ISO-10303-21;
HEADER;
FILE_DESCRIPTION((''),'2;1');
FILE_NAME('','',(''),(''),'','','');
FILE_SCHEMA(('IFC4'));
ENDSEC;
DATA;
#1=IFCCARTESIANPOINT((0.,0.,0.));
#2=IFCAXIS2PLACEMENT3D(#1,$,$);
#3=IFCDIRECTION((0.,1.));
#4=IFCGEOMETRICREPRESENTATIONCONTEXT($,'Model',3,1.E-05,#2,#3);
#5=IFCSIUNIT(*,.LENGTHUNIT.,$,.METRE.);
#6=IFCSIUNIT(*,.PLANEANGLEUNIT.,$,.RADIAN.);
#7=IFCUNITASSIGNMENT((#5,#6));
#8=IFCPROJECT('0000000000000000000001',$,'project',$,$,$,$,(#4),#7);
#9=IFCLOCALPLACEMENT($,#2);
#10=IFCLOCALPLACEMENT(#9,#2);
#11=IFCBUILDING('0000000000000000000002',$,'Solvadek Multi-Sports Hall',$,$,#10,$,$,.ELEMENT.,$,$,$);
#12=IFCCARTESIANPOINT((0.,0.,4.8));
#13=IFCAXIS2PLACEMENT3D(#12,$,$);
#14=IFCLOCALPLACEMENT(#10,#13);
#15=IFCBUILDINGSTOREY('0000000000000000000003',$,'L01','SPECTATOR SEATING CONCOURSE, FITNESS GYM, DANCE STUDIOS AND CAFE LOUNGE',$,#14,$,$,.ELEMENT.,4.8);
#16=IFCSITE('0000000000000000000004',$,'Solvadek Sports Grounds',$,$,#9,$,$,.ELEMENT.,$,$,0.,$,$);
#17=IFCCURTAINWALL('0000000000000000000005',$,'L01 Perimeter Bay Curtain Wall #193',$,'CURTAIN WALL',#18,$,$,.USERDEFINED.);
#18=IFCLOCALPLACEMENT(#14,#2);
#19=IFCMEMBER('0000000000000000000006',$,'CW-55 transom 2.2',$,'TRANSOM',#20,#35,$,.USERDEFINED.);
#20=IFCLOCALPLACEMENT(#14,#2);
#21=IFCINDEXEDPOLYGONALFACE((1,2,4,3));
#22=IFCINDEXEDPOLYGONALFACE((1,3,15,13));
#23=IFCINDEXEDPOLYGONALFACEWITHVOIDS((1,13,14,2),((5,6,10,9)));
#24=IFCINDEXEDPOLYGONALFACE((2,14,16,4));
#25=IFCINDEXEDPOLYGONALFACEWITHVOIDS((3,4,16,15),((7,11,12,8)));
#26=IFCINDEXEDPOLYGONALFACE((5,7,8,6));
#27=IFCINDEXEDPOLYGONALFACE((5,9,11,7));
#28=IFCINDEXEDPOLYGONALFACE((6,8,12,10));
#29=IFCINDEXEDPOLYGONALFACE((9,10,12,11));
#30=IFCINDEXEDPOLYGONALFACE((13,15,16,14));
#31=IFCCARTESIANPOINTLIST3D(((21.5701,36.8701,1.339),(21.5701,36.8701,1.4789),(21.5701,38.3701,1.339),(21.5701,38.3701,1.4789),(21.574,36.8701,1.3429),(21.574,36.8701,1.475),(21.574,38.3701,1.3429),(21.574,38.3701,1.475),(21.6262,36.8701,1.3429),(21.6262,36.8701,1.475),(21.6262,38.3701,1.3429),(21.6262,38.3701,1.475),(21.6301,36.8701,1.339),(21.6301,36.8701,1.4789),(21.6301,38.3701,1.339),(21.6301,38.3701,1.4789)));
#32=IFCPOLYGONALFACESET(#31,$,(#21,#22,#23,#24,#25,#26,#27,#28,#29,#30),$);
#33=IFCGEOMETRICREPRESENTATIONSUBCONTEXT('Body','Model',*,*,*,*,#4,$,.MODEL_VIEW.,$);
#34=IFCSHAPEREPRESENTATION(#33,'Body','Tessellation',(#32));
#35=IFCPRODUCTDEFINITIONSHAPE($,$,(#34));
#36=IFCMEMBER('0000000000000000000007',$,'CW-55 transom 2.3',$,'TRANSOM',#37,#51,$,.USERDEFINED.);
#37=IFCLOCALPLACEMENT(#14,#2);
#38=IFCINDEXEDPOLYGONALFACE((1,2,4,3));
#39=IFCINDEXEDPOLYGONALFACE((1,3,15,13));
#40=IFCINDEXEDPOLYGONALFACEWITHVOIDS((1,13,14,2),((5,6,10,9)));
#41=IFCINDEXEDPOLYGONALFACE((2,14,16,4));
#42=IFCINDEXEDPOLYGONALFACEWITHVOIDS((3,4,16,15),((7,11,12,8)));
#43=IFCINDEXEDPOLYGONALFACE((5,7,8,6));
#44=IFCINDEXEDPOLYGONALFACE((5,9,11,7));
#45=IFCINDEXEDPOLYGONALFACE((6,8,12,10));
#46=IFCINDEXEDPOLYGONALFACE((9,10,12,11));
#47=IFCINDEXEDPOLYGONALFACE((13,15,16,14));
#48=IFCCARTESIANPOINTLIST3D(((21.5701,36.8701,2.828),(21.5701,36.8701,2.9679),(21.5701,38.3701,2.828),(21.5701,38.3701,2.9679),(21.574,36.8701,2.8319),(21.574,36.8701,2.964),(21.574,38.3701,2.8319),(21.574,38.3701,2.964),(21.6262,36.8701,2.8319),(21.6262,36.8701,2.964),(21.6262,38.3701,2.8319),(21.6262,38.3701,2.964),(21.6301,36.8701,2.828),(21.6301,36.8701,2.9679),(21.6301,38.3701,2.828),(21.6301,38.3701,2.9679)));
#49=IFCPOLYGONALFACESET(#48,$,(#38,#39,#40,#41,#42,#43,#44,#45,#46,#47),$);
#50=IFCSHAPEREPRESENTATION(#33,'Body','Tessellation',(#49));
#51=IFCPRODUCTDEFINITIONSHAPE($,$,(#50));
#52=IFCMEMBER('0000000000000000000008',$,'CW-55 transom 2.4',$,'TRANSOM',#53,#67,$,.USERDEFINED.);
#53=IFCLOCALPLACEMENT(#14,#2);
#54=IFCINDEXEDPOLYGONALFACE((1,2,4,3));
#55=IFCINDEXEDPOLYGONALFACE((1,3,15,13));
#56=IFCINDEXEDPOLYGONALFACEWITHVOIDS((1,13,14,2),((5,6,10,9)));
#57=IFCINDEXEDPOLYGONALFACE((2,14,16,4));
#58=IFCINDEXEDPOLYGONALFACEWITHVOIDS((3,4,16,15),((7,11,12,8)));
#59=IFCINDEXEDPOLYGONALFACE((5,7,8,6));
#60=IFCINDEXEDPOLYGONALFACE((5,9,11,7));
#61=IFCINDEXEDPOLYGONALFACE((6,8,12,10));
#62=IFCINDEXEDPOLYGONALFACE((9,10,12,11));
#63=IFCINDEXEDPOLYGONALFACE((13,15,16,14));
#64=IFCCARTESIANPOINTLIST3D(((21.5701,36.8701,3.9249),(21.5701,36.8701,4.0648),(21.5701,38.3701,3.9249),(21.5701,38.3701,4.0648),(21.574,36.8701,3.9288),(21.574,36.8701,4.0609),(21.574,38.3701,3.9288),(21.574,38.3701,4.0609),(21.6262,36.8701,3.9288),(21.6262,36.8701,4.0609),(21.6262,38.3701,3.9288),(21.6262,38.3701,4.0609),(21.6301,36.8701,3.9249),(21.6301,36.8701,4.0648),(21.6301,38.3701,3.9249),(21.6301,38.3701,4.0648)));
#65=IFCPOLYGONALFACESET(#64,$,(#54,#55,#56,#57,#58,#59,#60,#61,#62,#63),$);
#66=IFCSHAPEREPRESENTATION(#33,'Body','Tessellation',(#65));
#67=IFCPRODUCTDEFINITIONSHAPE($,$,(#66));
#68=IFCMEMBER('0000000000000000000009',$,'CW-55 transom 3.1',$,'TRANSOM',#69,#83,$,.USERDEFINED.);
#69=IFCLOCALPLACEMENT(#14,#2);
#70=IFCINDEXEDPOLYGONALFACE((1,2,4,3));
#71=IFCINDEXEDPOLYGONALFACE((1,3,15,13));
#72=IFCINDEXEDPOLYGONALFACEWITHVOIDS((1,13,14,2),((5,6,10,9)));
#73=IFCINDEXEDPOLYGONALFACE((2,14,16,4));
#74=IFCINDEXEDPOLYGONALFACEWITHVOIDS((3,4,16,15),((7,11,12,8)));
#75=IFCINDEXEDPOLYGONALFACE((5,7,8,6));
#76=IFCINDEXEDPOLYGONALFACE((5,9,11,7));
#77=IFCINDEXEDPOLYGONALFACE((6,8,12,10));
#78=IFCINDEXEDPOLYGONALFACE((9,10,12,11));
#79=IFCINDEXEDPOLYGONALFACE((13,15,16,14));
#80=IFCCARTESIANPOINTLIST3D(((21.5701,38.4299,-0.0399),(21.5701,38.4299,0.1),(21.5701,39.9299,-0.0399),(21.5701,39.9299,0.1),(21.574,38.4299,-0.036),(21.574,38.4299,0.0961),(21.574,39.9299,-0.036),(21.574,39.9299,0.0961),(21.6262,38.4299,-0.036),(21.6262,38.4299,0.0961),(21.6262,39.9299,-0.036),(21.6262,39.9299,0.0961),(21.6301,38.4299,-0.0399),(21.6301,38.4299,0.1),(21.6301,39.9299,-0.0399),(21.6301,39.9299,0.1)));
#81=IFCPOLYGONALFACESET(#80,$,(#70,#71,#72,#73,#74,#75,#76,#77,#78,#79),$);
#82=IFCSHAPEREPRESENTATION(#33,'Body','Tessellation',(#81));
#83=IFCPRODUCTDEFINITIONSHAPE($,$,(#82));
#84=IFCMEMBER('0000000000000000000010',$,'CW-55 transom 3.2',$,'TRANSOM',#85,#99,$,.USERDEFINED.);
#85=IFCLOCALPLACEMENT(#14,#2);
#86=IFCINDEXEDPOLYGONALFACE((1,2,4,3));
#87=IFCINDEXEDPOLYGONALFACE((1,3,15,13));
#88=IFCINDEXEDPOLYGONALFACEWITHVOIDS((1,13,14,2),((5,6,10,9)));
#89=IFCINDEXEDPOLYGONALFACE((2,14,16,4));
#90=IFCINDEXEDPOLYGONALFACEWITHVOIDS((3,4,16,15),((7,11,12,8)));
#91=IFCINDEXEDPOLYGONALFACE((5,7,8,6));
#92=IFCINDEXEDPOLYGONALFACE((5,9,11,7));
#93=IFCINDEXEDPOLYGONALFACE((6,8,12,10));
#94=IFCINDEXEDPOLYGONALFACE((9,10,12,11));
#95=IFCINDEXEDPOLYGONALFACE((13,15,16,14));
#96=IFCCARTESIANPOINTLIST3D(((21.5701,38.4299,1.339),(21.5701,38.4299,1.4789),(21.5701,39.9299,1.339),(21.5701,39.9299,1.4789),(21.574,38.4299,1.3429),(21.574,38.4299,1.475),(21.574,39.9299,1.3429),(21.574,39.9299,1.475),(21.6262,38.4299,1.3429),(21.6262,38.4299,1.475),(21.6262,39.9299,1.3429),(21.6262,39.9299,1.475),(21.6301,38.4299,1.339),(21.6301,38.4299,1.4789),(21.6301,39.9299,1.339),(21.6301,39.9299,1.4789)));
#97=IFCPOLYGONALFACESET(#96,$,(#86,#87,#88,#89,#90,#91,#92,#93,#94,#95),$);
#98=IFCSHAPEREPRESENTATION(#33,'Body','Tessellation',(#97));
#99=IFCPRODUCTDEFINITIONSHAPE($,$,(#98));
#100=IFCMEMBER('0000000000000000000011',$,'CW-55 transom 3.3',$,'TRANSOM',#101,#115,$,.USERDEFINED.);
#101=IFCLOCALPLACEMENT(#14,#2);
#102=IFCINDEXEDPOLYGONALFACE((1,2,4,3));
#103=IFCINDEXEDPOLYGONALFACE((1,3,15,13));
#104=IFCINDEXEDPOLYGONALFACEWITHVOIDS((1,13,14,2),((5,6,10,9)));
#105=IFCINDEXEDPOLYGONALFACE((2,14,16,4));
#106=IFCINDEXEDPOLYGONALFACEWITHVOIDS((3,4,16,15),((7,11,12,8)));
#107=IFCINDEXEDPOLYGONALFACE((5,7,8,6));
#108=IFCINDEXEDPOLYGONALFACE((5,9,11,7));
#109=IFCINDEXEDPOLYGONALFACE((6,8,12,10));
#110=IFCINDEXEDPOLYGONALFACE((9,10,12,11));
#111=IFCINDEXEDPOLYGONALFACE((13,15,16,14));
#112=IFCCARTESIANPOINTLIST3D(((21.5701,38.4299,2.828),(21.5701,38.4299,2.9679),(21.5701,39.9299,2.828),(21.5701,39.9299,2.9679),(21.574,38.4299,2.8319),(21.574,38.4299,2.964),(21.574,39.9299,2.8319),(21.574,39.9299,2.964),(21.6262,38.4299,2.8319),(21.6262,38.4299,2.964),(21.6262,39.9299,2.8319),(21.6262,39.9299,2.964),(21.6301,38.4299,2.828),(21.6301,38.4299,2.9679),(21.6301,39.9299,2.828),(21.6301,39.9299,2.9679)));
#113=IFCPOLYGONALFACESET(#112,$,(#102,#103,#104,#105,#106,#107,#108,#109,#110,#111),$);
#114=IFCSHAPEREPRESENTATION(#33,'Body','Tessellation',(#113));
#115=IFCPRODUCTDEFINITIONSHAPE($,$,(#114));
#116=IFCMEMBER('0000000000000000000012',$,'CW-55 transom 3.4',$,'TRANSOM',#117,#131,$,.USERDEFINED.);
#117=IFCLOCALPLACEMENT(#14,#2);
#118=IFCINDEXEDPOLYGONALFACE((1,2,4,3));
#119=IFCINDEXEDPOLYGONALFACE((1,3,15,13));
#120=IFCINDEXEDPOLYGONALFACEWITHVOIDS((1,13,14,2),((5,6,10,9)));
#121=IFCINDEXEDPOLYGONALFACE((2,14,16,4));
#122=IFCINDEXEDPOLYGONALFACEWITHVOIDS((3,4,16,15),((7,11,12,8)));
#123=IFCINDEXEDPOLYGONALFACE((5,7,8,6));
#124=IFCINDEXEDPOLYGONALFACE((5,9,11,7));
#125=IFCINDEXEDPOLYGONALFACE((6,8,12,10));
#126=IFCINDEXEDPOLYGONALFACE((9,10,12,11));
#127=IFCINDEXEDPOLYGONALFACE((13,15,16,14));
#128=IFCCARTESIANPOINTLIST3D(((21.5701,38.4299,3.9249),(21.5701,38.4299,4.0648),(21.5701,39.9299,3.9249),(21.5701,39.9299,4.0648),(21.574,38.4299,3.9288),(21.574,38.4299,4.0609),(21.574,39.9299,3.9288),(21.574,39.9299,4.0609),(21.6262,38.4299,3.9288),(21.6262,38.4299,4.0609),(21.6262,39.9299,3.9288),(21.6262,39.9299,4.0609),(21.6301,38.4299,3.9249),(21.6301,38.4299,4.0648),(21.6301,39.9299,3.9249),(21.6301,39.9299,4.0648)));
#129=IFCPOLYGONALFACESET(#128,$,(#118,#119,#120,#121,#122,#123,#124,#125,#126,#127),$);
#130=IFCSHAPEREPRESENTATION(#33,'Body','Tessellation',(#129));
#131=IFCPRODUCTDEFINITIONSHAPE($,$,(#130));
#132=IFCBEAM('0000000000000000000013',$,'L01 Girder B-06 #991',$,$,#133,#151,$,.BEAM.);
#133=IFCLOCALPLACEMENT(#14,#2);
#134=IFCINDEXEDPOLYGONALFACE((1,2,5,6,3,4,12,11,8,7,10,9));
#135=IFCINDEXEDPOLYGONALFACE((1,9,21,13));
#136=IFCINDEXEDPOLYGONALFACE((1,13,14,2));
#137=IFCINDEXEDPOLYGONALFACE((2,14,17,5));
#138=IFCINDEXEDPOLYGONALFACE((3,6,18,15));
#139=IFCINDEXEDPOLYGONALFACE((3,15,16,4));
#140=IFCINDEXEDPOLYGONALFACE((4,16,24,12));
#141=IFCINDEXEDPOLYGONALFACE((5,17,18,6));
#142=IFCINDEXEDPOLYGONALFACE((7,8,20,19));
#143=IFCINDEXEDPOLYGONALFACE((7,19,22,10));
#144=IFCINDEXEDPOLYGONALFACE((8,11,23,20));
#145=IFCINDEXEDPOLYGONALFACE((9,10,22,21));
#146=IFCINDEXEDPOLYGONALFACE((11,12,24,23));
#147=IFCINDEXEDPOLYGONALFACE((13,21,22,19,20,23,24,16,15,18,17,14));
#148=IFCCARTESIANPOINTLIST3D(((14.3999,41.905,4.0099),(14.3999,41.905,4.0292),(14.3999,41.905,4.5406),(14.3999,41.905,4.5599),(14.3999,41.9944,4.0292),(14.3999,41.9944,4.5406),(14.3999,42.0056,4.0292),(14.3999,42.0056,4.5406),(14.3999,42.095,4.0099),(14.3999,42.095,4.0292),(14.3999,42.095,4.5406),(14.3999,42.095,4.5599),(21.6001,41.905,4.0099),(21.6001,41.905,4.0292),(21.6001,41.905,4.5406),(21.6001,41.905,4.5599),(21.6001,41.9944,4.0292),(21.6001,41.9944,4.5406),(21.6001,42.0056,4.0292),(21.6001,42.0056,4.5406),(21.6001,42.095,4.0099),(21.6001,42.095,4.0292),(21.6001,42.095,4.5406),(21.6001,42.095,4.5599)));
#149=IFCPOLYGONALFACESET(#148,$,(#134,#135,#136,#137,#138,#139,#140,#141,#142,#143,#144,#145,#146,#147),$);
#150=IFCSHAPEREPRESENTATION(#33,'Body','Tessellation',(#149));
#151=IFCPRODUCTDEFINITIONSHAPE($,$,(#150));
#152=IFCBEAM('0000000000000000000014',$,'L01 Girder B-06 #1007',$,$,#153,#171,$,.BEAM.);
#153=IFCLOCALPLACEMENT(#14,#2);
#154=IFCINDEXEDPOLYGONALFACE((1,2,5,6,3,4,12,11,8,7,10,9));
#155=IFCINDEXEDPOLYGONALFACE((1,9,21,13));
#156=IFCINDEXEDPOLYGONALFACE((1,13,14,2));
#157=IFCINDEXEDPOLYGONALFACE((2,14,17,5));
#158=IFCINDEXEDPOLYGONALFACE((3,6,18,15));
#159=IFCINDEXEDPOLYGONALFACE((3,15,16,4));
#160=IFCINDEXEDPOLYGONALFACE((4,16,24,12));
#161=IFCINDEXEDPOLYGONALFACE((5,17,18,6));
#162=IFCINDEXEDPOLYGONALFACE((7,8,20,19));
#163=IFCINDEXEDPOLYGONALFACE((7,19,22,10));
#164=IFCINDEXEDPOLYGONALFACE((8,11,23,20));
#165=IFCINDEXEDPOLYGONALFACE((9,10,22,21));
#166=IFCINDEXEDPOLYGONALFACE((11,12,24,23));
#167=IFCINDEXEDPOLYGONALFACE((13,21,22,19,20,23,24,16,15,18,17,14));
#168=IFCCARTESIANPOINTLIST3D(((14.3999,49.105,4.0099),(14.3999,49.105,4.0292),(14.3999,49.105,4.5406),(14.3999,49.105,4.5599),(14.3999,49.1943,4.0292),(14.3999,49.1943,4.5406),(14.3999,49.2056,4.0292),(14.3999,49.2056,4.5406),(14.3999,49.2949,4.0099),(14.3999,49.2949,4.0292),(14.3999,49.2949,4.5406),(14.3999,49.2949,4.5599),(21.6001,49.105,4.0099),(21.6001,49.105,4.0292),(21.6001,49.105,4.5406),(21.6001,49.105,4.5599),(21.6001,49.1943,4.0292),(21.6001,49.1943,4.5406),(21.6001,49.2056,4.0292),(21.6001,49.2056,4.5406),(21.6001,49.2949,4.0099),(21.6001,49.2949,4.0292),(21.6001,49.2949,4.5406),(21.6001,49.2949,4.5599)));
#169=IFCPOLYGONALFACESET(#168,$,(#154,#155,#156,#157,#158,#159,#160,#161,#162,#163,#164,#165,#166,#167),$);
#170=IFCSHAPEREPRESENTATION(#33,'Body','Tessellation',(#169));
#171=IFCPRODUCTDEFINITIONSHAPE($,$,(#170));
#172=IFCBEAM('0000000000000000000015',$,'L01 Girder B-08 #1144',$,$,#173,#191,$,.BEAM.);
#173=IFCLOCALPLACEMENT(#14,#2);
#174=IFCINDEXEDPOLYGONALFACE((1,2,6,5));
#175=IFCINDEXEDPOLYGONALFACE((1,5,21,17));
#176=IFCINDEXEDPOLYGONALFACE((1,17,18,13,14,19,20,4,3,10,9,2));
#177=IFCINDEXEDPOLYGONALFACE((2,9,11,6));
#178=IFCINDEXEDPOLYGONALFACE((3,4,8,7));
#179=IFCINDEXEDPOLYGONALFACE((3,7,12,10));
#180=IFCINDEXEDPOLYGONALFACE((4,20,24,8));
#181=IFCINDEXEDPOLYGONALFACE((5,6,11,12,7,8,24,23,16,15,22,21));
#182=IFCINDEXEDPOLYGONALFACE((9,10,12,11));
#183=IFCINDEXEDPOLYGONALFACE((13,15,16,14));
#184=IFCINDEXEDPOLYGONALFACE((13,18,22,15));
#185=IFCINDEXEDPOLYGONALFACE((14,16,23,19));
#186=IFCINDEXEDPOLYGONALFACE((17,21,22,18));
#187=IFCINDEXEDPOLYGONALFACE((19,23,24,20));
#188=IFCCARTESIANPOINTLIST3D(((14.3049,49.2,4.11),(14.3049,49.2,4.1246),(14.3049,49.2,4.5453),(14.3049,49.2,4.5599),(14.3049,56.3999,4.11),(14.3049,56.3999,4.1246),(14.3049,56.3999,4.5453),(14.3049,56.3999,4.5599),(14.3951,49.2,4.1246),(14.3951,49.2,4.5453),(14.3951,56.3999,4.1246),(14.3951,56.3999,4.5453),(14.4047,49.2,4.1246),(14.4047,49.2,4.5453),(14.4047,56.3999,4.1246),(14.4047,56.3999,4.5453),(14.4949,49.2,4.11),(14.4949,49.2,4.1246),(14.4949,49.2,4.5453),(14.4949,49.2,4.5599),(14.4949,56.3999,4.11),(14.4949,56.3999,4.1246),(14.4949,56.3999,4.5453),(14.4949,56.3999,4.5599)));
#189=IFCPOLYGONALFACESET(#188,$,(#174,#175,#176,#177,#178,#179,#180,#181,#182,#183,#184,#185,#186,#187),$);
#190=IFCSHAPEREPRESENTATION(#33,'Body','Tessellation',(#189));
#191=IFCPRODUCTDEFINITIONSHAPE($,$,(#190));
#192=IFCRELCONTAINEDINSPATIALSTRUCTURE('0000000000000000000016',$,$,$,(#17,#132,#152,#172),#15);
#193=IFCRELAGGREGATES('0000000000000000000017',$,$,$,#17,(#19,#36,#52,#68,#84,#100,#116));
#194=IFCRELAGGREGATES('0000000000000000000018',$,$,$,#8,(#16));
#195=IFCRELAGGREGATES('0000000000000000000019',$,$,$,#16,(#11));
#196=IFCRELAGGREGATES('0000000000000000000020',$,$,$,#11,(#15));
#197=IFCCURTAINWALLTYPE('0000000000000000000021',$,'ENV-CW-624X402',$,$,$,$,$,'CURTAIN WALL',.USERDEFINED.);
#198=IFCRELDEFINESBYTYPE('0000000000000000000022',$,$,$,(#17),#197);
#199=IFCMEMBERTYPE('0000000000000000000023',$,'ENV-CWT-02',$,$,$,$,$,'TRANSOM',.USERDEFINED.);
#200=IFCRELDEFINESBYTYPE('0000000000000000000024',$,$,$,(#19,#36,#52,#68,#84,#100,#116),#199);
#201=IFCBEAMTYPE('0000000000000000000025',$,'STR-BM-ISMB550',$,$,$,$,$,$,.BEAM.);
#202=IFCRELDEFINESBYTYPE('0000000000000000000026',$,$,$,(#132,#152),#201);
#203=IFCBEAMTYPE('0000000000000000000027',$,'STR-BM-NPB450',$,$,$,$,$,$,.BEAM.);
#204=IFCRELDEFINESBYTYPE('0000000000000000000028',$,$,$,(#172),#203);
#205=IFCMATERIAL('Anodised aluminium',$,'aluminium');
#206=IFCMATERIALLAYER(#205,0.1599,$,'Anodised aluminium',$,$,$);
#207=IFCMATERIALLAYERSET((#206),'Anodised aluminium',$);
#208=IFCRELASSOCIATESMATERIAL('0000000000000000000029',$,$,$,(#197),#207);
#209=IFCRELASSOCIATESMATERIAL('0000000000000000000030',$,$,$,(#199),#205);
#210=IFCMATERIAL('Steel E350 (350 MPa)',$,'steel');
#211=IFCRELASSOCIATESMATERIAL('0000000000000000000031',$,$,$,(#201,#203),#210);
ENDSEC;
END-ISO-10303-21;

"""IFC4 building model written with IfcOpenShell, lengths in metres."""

from ifc_helpers import new_model, si_unit, direction, frame, origin, origin_2d, place, context, subcontext, project, spatial, hollow_rectangle, i_section, extrude, material, layer, layer_set, material_profile, profile_set, type_object, element, aggregate, save


model = new_model("IFC4")

# Units and contexts
model_context = context("Model", 3, precision=1e-05, world=origin(), true_north=direction((0.0, 1.0)))
body_context = subcontext(model_context, "Body", "Model", "MODEL_VIEW")
ifc_project = project(units=[si_unit("LENGTHUNIT", "METRE"), si_unit("PLANEANGLEUNIT", "RADIAN")], contexts=[model_context])

# Site, building, storey
site_placement = place(None, origin())
site = spatial("IfcSite", under=ifc_project, at=site_placement, Name="Solvadek Sports Grounds", CompositionType="ELEMENT", RefElevation=0.0)
building_placement = place(site_placement, origin())
building = spatial("IfcBuilding", under=site, at=building_placement, Name="Solvadek Multi-Sports Hall", CompositionType="ELEMENT")
storey_placement = place(building_placement, frame((0.0, 0.0, 4.8)))
storey = spatial("IfcBuildingStorey", under=building, at=storey_placement, Name="L01", Description="SPECTATOR SEATING CONCOURSE, FITNESS GYM, DANCE STUDIOS AND CAFE LOUNGE", CompositionType="ELEMENT", Elevation=4.8)

# Shared definitions
ifc_material_1 = material(Name="Steel E350 (350 MPa)", Category="steel")

# Curtain wall, members
ifc_material_2 = material(Name="Anodised aluminium", Category="aluminium")
ifc_layer_1 = layer(ifc_material_2, 0.1599, Name="Anodised aluminium")
ifc_layer_set_1 = layer_set([ifc_layer_1], Name="Anodised aluminium")
curtain_wall_type = type_object("IfcCurtainWallType", Name="ENV-CW-624X402", ElementType="CURTAIN WALL", PredefinedType="USERDEFINED", material=ifc_layer_set_1)
curtain_wall_placement = place(storey_placement, origin())
curtain_wall = element("IfcCurtainWall", 1, at=curtain_wall_placement, inside=storey, type_object=curtain_wall_type, Name="L01 Perimeter Bay Curtain Wall #193", ObjectType="CURTAIN WALL", PredefinedType="USERDEFINED")
ifc_material_profile_1 = material_profile(ifc_material_2, hollow_rectangle(XDim=0.0601, YDim=0.1399, WallThickness=0.0039, at=origin_2d()), Name="ALU-T 140x60x4")
ifc_profile_set_1 = profile_set([ifc_material_profile_1], Name="Anodised aluminium")
member_type_1 = type_object("IfcMemberType", Name="ENV-CWT-02", ElementType="TRANSOM", PredefinedType="USERDEFINED", material=ifc_profile_set_1)
member_1_placement = place(storey_placement, frame((21.6001, 36.8701, 1.4089), z_axis=(0.0, 1.0, 0.0), x_axis=(-1.0, 0.0, 0.0)))
member_1 = element("IfcMember", 2, at=member_1_placement, type_object=member_type_1, Name="CW-55 transom 2.2", ObjectType="TRANSOM", PredefinedType="USERDEFINED", context=body_context, shape_type="SweptSolid", body=[
    extrude(hollow_rectangle(XDim=0.0601, YDim=0.1399, WallThickness=0.0039, at=origin_2d()), origin(), (0.0, 0.0, 1.0), 1.5),
])
member_2_placement = place(storey_placement, frame((21.6001, 36.8701, 2.8979), z_axis=(0.0, 1.0, 0.0), x_axis=(-1.0, 0.0, 0.0)))
member_2 = element("IfcMember", 3, at=member_2_placement, type_object=member_type_1, Name="CW-55 transom 2.3", ObjectType="TRANSOM", PredefinedType="USERDEFINED", context=body_context, shape_type="SweptSolid", body=[
    extrude(hollow_rectangle(XDim=0.0601, YDim=0.1399, WallThickness=0.0039, at=origin_2d()), origin(), (0.0, 0.0, 1.0), 1.5),
])
member_3_placement = place(storey_placement, frame((21.6001, 36.8701, 3.9949), z_axis=(0.0, 1.0, 0.0), x_axis=(-1.0, 0.0, 0.0)))
member_3 = element("IfcMember", 4, at=member_3_placement, type_object=member_type_1, Name="CW-55 transom 2.4", ObjectType="TRANSOM", PredefinedType="USERDEFINED", context=body_context, shape_type="SweptSolid", body=[
    extrude(hollow_rectangle(XDim=0.0601, YDim=0.1399, WallThickness=0.0039, at=origin_2d()), origin(), (0.0, 0.0, 1.0), 1.5),
])
member_4_placement = place(storey_placement, frame((21.6001, 38.4299, 0.03), z_axis=(0.0, 1.0, 0.0), x_axis=(-1.0, 0.0, 0.0)))
member_4 = element("IfcMember", 5, at=member_4_placement, type_object=member_type_1, Name="CW-55 transom 3.1", ObjectType="TRANSOM", PredefinedType="USERDEFINED", context=body_context, shape_type="SweptSolid", body=[
    extrude(hollow_rectangle(XDim=0.0601, YDim=0.1399, WallThickness=0.0039, at=origin_2d()), origin(), (0.0, 0.0, 1.0), 1.5),
])
member_5_placement = place(storey_placement, frame((21.6001, 38.4299, 1.4089), z_axis=(0.0, 1.0, 0.0), x_axis=(-1.0, 0.0, 0.0)))
member_5 = element("IfcMember", 6, at=member_5_placement, type_object=member_type_1, Name="CW-55 transom 3.2", ObjectType="TRANSOM", PredefinedType="USERDEFINED", context=body_context, shape_type="SweptSolid", body=[
    extrude(hollow_rectangle(XDim=0.0601, YDim=0.1399, WallThickness=0.0039, at=origin_2d()), origin(), (0.0, 0.0, 1.0), 1.5),
])
member_6_placement = place(storey_placement, frame((21.6001, 38.4299, 2.8979), z_axis=(0.0, 1.0, 0.0), x_axis=(-1.0, 0.0, 0.0)))
member_6 = element("IfcMember", 7, at=member_6_placement, type_object=member_type_1, Name="CW-55 transom 3.3", ObjectType="TRANSOM", PredefinedType="USERDEFINED", context=body_context, shape_type="SweptSolid", body=[
    extrude(hollow_rectangle(XDim=0.0601, YDim=0.1399, WallThickness=0.0039, at=origin_2d()), origin(), (0.0, 0.0, 1.0), 1.5),
])
member_7_placement = place(storey_placement, frame((21.6001, 38.4299, 3.9949), z_axis=(0.0, 1.0, 0.0), x_axis=(-1.0, 0.0, 0.0)))
member_7 = element("IfcMember", 8, at=member_7_placement, type_object=member_type_1, Name="CW-55 transom 3.4", ObjectType="TRANSOM", PredefinedType="USERDEFINED", context=body_context, shape_type="SweptSolid", body=[
    extrude(hollow_rectangle(XDim=0.0601, YDim=0.1399, WallThickness=0.0039, at=origin_2d()), origin(), (0.0, 0.0, 1.0), 1.5),
])

# Beams
ifc_material_profile_2 = material_profile(ifc_material_1, i_section(OverallWidth=0.1899, OverallDepth=0.55, WebThickness=0.0112, FlangeThickness=0.0193, at=origin_2d()), Name="ISMB 550")
ifc_profile_set_2 = profile_set([ifc_material_profile_2], Name="Steel E350 (350 MPa)")
beam_type_1 = type_object("IfcBeamType", Name="STR-BM-ISMB550", PredefinedType="BEAM", material=ifc_profile_set_2)
for number, where, z_axis, x_axis, name in (
    (9, (14.3999, 42.0, 4.2849), (1.0, 0.0, 0.0), (0.0, 1.0, 0.0), "L01 Girder B-06 #991"),
    (10, (14.3999, 49.2, 4.2849), (1.0, 0.0, 0.0), (0.0, 1.0, 0.0), "L01 Girder B-06 #1007"),
):
    element("IfcBeam", number, at=place(storey_placement, frame(where, z_axis=z_axis, x_axis=x_axis)), inside=storey, type_object=beam_type_1, Name=name, PredefinedType="BEAM", context=body_context, shape_type="SweptSolid", body=[
        extrude(i_section(OverallWidth=0.1899, OverallDepth=0.55, WebThickness=0.0112, FlangeThickness=0.0193, at=origin_2d()), origin(), (0.0, 0.0, 1.0), 7.2002),
    ])
ifc_material_profile_3 = material_profile(ifc_material_1, i_section(OverallWidth=0.1899, OverallDepth=0.45, WebThickness=0.0095, FlangeThickness=0.0146, at=origin_2d()), Name="NPB 450")
ifc_profile_set_3 = profile_set([ifc_material_profile_3], Name="Steel E350 (350 MPa)")
beam_type_2 = type_object("IfcBeamType", Name="STR-BM-NPB450", PredefinedType="BEAM", material=ifc_profile_set_3)
beam_placement = place(storey_placement, frame((14.3999, 49.2, 4.335), z_axis=(0.0, 1.0, 0.0), x_axis=(-1.0, 0.0, 0.0)))
element("IfcBeam", 11, at=beam_placement, inside=storey, type_object=beam_type_2, Name="L01 Girder B-08 #1144", PredefinedType="BEAM", context=body_context, shape_type="SweptSolid", body=[
    extrude(i_section(OverallWidth=0.1899, OverallDepth=0.45, WebThickness=0.0095, FlangeThickness=0.0146, at=origin_2d()), origin(), (0.0, 0.0, 1.0), 7.2),
])

aggregate(curtain_wall, [member_1, member_2, member_3, member_4, member_5, member_6, member_7])

save(model, "model.ifc")
